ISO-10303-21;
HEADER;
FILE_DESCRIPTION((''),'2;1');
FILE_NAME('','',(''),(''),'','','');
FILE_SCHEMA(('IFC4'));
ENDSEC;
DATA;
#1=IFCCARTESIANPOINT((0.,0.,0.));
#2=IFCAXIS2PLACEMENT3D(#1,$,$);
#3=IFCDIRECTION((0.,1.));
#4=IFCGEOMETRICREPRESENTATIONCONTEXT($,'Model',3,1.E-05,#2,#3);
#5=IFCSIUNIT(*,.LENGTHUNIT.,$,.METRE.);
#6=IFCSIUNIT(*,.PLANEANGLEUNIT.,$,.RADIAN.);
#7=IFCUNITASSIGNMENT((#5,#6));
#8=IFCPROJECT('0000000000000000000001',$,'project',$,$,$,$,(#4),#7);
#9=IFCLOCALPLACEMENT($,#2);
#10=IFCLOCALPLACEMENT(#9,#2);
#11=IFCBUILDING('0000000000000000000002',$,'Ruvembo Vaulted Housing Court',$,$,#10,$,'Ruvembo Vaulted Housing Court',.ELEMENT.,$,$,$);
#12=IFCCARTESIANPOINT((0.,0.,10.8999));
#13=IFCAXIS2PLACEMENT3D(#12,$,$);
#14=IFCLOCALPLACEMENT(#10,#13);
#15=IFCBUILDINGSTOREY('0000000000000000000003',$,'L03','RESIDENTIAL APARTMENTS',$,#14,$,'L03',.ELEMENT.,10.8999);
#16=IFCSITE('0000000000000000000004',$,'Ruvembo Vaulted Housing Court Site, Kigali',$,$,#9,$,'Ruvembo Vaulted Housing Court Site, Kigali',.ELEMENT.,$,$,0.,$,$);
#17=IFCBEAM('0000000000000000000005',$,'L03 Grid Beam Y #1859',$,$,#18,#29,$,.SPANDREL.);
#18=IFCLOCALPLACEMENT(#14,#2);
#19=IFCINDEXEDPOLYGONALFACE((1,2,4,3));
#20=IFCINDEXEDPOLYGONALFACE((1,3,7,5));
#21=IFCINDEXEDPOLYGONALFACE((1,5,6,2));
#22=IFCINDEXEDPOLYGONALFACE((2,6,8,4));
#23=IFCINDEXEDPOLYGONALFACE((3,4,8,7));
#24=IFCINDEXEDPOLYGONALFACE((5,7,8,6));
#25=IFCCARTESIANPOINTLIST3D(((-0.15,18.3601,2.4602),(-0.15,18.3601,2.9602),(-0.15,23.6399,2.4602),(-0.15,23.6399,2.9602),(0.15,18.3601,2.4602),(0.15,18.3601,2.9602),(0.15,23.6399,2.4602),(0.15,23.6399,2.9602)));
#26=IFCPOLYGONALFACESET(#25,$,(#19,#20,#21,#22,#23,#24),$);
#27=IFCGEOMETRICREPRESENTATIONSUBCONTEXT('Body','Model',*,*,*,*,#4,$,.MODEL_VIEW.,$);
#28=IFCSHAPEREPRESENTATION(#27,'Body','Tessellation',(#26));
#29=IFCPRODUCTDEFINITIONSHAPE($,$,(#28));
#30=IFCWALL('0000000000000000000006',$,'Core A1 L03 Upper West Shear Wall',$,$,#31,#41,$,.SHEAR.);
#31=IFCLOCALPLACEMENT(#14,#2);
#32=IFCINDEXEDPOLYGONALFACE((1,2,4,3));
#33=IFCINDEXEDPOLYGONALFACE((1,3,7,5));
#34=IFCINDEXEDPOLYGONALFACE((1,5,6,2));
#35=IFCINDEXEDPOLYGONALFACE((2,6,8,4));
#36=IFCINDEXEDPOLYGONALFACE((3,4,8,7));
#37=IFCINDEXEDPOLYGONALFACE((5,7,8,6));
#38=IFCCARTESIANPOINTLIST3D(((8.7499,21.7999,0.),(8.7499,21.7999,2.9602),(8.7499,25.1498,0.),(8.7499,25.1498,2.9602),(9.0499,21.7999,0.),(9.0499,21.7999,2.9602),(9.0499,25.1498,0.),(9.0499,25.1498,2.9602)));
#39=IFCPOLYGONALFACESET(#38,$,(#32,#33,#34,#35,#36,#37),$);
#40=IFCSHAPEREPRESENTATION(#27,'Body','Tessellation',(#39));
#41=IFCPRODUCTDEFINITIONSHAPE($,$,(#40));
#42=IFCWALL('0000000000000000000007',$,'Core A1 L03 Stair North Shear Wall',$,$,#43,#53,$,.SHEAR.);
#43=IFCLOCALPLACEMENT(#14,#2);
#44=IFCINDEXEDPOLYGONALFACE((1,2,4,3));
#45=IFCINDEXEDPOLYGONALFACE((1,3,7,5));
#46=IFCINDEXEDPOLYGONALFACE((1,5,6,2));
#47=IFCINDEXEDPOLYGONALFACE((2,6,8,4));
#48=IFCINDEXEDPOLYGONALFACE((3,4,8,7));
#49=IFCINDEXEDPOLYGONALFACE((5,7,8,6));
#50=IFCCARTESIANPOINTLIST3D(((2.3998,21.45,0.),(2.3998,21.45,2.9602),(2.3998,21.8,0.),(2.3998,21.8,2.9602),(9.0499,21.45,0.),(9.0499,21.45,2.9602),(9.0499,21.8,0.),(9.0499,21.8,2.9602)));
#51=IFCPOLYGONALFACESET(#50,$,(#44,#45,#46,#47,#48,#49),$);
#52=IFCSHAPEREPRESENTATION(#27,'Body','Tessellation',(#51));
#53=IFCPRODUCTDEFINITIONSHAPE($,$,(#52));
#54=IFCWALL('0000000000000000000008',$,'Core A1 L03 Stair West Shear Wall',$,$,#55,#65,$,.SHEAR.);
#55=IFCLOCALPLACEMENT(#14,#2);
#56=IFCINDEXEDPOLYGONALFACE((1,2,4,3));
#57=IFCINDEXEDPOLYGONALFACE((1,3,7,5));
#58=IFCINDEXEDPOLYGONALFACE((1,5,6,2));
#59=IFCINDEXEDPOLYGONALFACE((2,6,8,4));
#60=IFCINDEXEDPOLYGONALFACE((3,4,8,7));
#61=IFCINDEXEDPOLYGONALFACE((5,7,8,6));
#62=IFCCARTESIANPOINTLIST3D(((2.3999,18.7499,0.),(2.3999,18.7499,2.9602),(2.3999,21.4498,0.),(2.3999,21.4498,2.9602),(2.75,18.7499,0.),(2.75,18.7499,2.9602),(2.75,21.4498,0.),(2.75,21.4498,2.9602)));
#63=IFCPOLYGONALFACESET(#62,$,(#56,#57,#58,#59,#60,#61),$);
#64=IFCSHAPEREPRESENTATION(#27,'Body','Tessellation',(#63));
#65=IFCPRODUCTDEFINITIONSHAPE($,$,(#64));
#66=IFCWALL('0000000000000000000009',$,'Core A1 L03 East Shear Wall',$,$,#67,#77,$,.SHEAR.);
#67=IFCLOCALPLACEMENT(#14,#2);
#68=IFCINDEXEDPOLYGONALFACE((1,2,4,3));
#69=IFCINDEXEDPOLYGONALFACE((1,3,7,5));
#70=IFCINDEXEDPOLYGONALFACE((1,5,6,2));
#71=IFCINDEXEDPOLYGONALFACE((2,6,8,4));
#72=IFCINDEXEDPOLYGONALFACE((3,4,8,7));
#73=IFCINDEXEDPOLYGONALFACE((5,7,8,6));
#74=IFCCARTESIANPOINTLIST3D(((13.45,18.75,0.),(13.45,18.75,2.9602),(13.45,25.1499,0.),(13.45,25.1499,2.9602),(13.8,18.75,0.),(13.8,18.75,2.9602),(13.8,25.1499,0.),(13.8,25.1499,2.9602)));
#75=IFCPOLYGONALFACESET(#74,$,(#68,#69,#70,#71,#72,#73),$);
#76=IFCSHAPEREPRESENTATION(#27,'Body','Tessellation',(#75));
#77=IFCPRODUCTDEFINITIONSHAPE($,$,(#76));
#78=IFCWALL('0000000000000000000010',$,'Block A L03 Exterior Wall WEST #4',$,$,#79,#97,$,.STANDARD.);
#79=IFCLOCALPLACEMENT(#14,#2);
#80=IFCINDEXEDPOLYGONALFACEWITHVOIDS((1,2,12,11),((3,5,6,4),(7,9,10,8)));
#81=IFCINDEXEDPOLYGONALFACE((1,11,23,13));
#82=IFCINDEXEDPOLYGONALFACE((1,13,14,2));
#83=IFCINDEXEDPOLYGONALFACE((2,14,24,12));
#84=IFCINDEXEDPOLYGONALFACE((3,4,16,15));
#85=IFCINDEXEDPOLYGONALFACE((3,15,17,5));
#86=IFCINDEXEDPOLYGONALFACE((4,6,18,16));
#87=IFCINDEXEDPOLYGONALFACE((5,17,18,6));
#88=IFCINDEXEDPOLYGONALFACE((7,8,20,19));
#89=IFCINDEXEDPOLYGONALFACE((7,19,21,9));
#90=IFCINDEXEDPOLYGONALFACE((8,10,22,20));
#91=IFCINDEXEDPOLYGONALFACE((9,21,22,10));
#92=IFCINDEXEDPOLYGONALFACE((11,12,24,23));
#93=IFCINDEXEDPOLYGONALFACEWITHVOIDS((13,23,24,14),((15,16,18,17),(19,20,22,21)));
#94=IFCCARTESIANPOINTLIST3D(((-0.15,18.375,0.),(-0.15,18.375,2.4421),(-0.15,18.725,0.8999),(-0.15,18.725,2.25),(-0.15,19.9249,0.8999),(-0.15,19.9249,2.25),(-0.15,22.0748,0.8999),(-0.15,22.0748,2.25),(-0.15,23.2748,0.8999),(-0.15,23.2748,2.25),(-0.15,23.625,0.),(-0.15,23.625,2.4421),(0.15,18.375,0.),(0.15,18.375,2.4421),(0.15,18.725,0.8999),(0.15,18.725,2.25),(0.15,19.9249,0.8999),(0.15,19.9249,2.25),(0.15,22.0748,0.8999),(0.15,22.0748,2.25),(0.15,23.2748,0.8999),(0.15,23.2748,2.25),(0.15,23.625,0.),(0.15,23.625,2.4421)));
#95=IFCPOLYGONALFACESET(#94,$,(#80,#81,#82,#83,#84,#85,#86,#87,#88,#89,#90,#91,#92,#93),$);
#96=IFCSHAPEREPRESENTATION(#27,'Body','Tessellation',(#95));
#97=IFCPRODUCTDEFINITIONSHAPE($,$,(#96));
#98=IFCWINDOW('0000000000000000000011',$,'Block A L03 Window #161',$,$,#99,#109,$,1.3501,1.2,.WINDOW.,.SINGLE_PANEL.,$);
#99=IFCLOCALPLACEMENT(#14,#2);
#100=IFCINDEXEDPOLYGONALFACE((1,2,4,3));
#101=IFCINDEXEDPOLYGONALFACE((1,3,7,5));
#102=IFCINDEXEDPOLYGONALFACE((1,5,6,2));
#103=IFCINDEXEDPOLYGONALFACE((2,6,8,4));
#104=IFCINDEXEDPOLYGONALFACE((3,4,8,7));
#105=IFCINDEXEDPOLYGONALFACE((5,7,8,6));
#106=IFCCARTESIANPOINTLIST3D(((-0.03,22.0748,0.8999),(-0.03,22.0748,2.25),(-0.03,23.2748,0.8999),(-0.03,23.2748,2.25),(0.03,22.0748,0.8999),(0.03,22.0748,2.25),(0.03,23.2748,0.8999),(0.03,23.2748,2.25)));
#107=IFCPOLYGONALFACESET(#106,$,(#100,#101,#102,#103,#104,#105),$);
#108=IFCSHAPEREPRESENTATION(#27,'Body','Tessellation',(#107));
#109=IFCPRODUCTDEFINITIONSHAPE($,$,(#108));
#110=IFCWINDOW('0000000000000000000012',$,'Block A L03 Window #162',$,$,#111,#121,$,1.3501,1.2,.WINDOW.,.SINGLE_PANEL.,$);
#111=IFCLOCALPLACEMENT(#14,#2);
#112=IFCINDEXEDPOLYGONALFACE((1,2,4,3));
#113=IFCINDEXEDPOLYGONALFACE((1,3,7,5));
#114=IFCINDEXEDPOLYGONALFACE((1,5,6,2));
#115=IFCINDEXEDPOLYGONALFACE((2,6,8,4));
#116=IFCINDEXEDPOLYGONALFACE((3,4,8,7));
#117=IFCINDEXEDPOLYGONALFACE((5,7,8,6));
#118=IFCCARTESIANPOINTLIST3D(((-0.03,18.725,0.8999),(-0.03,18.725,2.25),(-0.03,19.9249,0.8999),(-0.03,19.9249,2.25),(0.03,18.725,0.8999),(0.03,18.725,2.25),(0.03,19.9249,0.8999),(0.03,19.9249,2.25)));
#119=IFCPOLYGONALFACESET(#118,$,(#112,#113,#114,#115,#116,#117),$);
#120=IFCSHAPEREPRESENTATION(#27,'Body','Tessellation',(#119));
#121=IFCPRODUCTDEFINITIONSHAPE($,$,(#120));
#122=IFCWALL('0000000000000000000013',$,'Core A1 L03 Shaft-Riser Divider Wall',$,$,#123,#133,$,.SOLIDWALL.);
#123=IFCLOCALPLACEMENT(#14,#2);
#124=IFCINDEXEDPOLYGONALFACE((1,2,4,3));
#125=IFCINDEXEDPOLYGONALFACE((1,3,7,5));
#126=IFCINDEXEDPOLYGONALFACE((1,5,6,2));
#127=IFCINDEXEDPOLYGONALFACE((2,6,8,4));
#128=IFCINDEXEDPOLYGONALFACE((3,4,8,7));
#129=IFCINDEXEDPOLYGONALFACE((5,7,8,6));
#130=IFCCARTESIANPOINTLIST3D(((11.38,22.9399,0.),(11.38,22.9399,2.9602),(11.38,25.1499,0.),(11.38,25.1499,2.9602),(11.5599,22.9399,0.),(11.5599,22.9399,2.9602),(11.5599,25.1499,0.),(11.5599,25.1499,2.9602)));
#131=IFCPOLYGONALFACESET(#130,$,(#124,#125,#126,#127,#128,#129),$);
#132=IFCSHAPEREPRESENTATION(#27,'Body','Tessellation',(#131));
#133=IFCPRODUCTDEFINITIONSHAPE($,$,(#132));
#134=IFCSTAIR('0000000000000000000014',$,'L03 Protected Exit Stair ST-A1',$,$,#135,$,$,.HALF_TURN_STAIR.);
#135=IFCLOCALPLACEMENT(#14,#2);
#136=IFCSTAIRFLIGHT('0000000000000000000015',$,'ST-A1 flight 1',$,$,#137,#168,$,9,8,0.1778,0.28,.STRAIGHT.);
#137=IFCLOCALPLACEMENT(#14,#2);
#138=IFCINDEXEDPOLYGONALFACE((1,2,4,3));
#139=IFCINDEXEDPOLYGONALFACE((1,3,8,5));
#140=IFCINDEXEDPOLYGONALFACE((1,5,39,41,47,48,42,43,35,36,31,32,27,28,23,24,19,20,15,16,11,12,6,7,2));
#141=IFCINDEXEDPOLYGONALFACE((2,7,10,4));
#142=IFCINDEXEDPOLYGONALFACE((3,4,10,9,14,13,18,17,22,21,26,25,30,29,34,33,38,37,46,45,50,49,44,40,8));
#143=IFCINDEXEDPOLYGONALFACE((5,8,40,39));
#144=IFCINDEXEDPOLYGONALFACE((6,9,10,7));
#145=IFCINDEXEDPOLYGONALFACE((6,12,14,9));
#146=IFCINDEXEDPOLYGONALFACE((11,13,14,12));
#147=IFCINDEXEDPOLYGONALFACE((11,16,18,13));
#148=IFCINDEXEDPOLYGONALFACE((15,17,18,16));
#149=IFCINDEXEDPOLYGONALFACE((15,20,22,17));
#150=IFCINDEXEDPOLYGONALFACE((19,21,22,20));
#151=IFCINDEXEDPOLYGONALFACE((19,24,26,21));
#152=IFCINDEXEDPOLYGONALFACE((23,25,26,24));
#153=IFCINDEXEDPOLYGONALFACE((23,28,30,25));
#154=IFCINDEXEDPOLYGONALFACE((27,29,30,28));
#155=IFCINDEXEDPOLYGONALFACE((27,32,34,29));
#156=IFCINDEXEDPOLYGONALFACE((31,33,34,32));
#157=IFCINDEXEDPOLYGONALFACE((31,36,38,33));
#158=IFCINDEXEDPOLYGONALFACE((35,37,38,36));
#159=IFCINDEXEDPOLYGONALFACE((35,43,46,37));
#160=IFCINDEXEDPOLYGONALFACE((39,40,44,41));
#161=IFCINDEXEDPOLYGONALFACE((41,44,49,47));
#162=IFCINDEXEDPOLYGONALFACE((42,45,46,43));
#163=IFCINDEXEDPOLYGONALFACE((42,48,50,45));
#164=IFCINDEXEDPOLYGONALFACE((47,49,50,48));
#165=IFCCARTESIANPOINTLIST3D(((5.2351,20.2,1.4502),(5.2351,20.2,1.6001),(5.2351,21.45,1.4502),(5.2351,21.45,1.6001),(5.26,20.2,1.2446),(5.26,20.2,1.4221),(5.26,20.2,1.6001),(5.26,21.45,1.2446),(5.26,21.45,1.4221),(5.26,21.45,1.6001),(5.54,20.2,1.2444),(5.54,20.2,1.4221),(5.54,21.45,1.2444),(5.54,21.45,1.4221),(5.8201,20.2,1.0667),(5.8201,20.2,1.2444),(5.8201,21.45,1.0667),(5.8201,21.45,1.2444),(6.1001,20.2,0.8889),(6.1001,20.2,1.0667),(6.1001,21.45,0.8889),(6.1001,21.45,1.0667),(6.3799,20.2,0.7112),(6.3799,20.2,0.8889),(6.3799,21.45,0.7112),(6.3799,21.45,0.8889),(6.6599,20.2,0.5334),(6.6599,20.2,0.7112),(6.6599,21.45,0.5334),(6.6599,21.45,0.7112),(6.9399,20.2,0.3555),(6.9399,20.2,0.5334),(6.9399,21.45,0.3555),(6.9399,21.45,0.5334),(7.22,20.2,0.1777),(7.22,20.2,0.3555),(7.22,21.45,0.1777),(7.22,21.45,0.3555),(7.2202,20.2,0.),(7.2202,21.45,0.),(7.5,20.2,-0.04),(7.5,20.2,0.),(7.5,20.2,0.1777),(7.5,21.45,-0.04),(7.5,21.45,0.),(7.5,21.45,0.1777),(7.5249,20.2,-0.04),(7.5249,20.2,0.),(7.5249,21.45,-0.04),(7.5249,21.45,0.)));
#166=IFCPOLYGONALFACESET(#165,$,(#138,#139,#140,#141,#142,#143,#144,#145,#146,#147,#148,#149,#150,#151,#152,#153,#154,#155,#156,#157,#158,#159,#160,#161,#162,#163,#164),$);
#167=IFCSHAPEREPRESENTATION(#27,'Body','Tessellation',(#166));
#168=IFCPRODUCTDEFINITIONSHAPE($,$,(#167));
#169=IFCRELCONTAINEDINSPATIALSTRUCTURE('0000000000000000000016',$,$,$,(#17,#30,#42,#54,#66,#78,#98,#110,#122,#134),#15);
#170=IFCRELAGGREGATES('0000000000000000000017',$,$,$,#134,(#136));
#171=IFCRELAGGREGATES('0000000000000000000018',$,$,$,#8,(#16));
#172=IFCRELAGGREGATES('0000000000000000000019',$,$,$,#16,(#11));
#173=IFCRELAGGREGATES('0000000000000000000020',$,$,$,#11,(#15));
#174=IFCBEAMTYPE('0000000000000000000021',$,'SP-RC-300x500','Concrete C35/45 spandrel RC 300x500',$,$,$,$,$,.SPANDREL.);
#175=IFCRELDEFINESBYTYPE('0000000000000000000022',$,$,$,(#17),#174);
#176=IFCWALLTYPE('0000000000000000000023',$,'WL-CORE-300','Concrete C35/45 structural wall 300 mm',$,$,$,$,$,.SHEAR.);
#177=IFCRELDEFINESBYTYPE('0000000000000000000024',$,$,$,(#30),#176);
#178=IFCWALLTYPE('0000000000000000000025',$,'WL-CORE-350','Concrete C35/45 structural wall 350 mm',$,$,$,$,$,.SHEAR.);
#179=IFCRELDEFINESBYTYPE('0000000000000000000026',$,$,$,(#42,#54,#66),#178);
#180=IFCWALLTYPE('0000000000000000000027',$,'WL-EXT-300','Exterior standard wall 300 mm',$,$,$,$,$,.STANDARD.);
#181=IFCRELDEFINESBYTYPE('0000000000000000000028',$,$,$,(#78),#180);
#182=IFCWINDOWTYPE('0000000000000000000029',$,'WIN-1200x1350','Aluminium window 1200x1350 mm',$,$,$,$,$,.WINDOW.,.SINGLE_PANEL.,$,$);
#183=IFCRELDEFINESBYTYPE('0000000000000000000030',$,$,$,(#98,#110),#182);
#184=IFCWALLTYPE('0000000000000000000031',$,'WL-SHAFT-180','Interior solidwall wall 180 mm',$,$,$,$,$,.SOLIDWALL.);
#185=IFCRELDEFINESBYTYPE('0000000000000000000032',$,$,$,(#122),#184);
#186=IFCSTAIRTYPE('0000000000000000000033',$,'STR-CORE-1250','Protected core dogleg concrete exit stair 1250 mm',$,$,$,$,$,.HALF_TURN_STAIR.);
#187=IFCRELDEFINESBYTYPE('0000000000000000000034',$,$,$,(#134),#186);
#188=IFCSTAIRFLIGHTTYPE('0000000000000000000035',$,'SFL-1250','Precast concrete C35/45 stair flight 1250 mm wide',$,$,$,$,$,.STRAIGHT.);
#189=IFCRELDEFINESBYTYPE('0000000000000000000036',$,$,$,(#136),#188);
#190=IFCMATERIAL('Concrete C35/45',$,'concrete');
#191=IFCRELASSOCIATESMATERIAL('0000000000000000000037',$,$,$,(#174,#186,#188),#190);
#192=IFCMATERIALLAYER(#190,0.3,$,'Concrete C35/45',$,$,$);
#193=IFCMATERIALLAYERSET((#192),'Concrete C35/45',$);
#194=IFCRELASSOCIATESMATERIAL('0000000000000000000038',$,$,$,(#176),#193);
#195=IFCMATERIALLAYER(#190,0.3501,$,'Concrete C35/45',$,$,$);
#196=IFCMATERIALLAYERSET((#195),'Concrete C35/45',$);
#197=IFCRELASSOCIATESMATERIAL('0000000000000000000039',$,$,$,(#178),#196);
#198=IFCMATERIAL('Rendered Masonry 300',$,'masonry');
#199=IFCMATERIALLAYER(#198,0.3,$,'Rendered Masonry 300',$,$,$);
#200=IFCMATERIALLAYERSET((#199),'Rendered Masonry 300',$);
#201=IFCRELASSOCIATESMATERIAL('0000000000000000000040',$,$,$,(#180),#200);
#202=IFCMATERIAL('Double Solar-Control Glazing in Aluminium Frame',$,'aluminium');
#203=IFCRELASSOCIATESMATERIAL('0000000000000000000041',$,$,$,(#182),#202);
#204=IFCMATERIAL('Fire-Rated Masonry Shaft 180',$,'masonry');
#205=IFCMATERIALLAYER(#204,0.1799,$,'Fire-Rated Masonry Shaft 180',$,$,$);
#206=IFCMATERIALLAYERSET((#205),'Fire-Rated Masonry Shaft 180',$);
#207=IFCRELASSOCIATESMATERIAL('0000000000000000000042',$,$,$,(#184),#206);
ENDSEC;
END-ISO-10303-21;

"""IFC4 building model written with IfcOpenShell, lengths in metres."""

from ifc_helpers import new_model, si_unit, direction, frame, frame_2d, origin, origin_2d, place, context, subcontext, project, spatial, polyline, rectangle, outline, extrude, material, layer, layer_set, material_profile, profile_set, type_object, element, fill, aggregate, save


model = new_model("IFC4")

# Units and contexts
model_context = context("Model", 3, precision=1e-05, world=origin(), true_north=direction((0.0, 1.0)))
body_context = subcontext(model_context, "Body", "Model", "MODEL_VIEW")
ifc_project = project(units=[si_unit("LENGTHUNIT", "METRE"), si_unit("PLANEANGLEUNIT", "RADIAN")], contexts=[model_context])

# Site, building, storey
site_placement = place(None, origin())
site = spatial("IfcSite", under=ifc_project, at=site_placement, Name="Ruvembo Vaulted Housing Court Site, Kigali", LongName="Ruvembo Vaulted Housing Court Site, Kigali", CompositionType="ELEMENT", RefElevation=0.0)
building_placement = place(site_placement, origin())
building = spatial("IfcBuilding", under=site, at=building_placement, Name="Ruvembo Vaulted Housing Court", LongName="Ruvembo Vaulted Housing Court", CompositionType="ELEMENT")
storey_placement = place(building_placement, frame((0.0, 0.0, 10.8999)))
storey = spatial("IfcBuildingStorey", under=building, at=storey_placement, Name="L03", Description="RESIDENTIAL APARTMENTS", LongName="L03", CompositionType="ELEMENT", Elevation=10.8999)

# Beam
ifc_material_1 = material(Name="Concrete C35/45", Category="concrete")
ifc_material_profile = material_profile(ifc_material_1, rectangle(XDim=0.3, YDim=0.5, at=origin_2d()), Name="RC 300x500")
ifc_profile_set = profile_set([ifc_material_profile], Name="Concrete C35/45")
beam_type = type_object("IfcBeamType", Name="SP-RC-300x500", Description="Concrete C35/45 spandrel RC 300x500", PredefinedType="SPANDREL", material=ifc_profile_set)
beam_placement = place(storey_placement, frame((0.0, 18.3601, 2.7102), z_axis=(0.0, 1.0, 0.0), x_axis=(-1.0, 0.0, 0.0)))
element("IfcBeam", 1, at=beam_placement, inside=storey, type_object=beam_type, Name="L03 Grid Beam Y #1859", PredefinedType="SPANDREL", context=body_context, shape_type="SweptSolid", body=[
    extrude(rectangle(XDim=0.3, YDim=0.5, at=origin_2d()), origin(), (0.0, 0.0, 1.0), 5.2798),
])

# Shared definitions
ifc_layer_1 = layer(ifc_material_1, 0.3, Name="Concrete C35/45")
ifc_layer_set_1 = layer_set([ifc_layer_1], Name="Concrete C35/45")
wall_type_1 = type_object("IfcWallType", Name="WL-CORE-300", Description="Concrete C35/45 structural wall 300 mm", PredefinedType="SHEAR", material=ifc_layer_set_1)

# Wall
wall_1_placement = place(storey_placement, frame((8.8999, 21.8, 0.0), z_axis=(0.0, 0.0, 1.0), x_axis=(0.0, 1.0, 0.0)))
element("IfcWall", 2, at=wall_1_placement, inside=storey, type_object=wall_type_1, Name="Core A1 L03 Upper West Shear Wall", PredefinedType="SHEAR", context=body_context, shape_type="SweptSolid", body=[
    extrude(rectangle(XDim=3.3499, YDim=0.3, at=frame_2d((1.6748, 0.0))), origin(), (0.0, 0.0, 1.0), 2.9602),
])

# Shared definitions
ifc_layer_2 = layer(ifc_material_1, 0.3501, Name="Concrete C35/45")
ifc_layer_set_2 = layer_set([ifc_layer_2], Name="Concrete C35/45")
wall_type_2 = type_object("IfcWallType", Name="WL-CORE-350", Description="Concrete C35/45 structural wall 350 mm", PredefinedType="SHEAR", material=ifc_layer_set_2)

# Walls
wall_2_placement = place(storey_placement, frame((9.05, 21.625, 0.0), z_axis=(0.0, 0.0, 1.0), x_axis=(-1.0, 0.0, 0.0)))
element("IfcWall", 3, at=wall_2_placement, inside=storey, type_object=wall_type_2, Name="Core A1 L03 Stair North Shear Wall", PredefinedType="SHEAR", context=body_context, shape_type="SweptSolid", body=[
    extrude(rectangle(XDim=6.6501, YDim=0.3501, at=frame_2d((3.3252, 0.0))), origin(), (0.0, 0.0, 1.0), 2.9602),
])
wall_3_placement = place(storey_placement, frame((2.575, 21.45, 0.0), z_axis=(0.0, 0.0, 1.0), x_axis=(0.0, -1.0, 0.0)))
element("IfcWall", 4, at=wall_3_placement, inside=storey, type_object=wall_type_2, Name="Core A1 L03 Stair West Shear Wall", PredefinedType="SHEAR", context=body_context, shape_type="SweptSolid", body=[
    extrude(rectangle(XDim=2.7, YDim=0.3501, at=frame_2d((1.3501, 0.0))), origin(), (0.0, 0.0, 1.0), 2.9602),
])
wall_4_placement = place(storey_placement, frame((13.625, 18.75, 0.0), z_axis=(0.0, 0.0, 1.0), x_axis=(0.0, 1.0, 0.0)))
element("IfcWall", 5, at=wall_4_placement, inside=storey, type_object=wall_type_2, Name="Core A1 L03 East Shear Wall", PredefinedType="SHEAR", context=body_context, shape_type="SweptSolid", body=[
    extrude(rectangle(XDim=6.3999, YDim=0.3501, at=frame_2d((3.2, 0.0))), origin(), (0.0, 0.0, 1.0), 2.9602),
])

# Wall, openings, windows
ifc_material_2 = material(Name="Rendered Masonry 300", Category="masonry")
ifc_layer_3 = layer(ifc_material_2, 0.3, Name="Rendered Masonry 300")
ifc_layer_set_3 = layer_set([ifc_layer_3], Name="Rendered Masonry 300")
wall_type_3 = type_object("IfcWallType", Name="WL-EXT-300", Description="Exterior standard wall 300 mm", PredefinedType="STANDARD", material=ifc_layer_set_3)
wall_5_placement = place(storey_placement, frame((0.0, 23.625, 0.0), z_axis=(0.0, 0.0, 1.0), x_axis=(0.0, -1.0, 0.0)))
wall_5 = element("IfcWall", 6, at=wall_5_placement, inside=storey, type_object=wall_type_3, Name="Block A L03 Exterior Wall WEST #4", PredefinedType="STANDARD", context=body_context, shape_type="SweptSolid", body=[
    extrude(rectangle(XDim=5.25, YDim=0.3, at=frame_2d((2.625, 0.0))), origin(), (0.0, 0.0, 1.0), 2.4421),
])
opening_1_placement = place(wall_5_placement, frame((0.3501, 0.0, 0.8999)))
opening_1 = element("IfcOpeningElement", 7, at=opening_1_placement, cuts=wall_5, PredefinedType="OPENING", context=body_context, shape_type="SweptSolid", body=[
    extrude(rectangle(XDim=1.2, YDim=1.3501, at=frame_2d((0.6001, 0.675))), frame((0.0, 0.1599, 0.0), z_axis=(0.0, -1.0, 0.0), x_axis=(1.0, 0.0, 0.0)), (0.0, 0.0, 1.0), 0.3201),
])
opening_2_placement = place(wall_5_placement, frame((3.7, 0.0, 0.8999)))
opening_2 = element("IfcOpeningElement", 8, at=opening_2_placement, cuts=wall_5, PredefinedType="OPENING", context=body_context, shape_type="SweptSolid", body=[
    extrude(rectangle(XDim=1.2, YDim=1.3501, at=frame_2d((0.6001, 0.675))), frame((0.0, 0.1599, 0.0), z_axis=(0.0, -1.0, 0.0), x_axis=(1.0, 0.0, 0.0)), (0.0, 0.0, 1.0), 0.3201),
])
ifc_material_3 = material(Name="Double Solar-Control Glazing in Aluminium Frame", Category="aluminium")
window_type = type_object("IfcWindowType", Name="WIN-1200x1350", Description="Aluminium window 1200x1350 mm", PartitioningType="SINGLE_PANEL", PredefinedType="WINDOW", material=ifc_material_3)
window_1_placement = place(opening_1_placement, origin())
window_1 = element("IfcWindow", 9, at=window_1_placement, inside=storey, type_object=window_type, Name="Block A L03 Window #161", OverallHeight=1.3501, OverallWidth=1.2, PartitioningType="SINGLE_PANEL", PredefinedType="WINDOW", context=body_context, shape_type="SweptSolid", body=[
    extrude(rectangle(XDim=1.2, YDim=1.3501, at=frame_2d((0.6001, 0.675))), frame((0.0, 0.03, 0.0), z_axis=(0.0, -1.0, 0.0), x_axis=(1.0, 0.0, 0.0)), (0.0, 0.0, 1.0), 0.0601),
])
fill(opening_1, window_1)
window_2_placement = place(opening_2_placement, origin())
window_2 = element("IfcWindow", 10, at=window_2_placement, inside=storey, type_object=window_type, Name="Block A L03 Window #162", OverallHeight=1.3501, OverallWidth=1.2, PartitioningType="SINGLE_PANEL", PredefinedType="WINDOW", context=body_context, shape_type="SweptSolid", body=[
    extrude(rectangle(XDim=1.2, YDim=1.3501, at=frame_2d((0.6001, 0.675))), frame((0.0, 0.03, 0.0), z_axis=(0.0, -1.0, 0.0), x_axis=(1.0, 0.0, 0.0)), (0.0, 0.0, 1.0), 0.0601),
])
fill(opening_2, window_2)

# Shared definitions
ifc_material_4 = material(Name="Fire-Rated Masonry Shaft 180", Category="masonry")
ifc_layer_4 = layer(ifc_material_4, 0.1799, Name="Fire-Rated Masonry Shaft 180")
ifc_layer_set_4 = layer_set([ifc_layer_4], Name="Fire-Rated Masonry Shaft 180")
wall_type_4 = type_object("IfcWallType", Name="WL-SHAFT-180", Description="Interior solidwall wall 180 mm", PredefinedType="SOLIDWALL", material=ifc_layer_set_4)

# Wall
wall_6_placement = place(storey_placement, frame((11.47, 22.9399, 0.0), z_axis=(0.0, 0.0, 1.0), x_axis=(0.0, 1.0, 0.0)))
element("IfcWall", 11, at=wall_6_placement, inside=storey, type_object=wall_type_4, Name="Core A1 L03 Shaft-Riser Divider Wall", PredefinedType="SOLIDWALL", context=body_context, shape_type="SweptSolid", body=[
    extrude(rectangle(XDim=2.21, YDim=0.1799, at=frame_2d((1.105, 0.0))), origin(), (0.0, 0.0, 1.0), 2.9602),
])

# Stair, stair flight
stair_type = type_object("IfcStairType", Name="STR-CORE-1250", Description="Protected core dogleg concrete exit stair 1250 mm", PredefinedType="HALF_TURN_STAIR", material=ifc_material_1)
stair_placement = place(storey_placement, origin())
stair = element("IfcStair", 12, at=stair_placement, inside=storey, type_object=stair_type, Name="L03 Protected Exit Stair ST-A1", PredefinedType="HALF_TURN_STAIR")
stair_flight_type = type_object("IfcStairFlightType", Name="SFL-1250", Description="Precast concrete C35/45 stair flight 1250 mm wide", PredefinedType="STRAIGHT", material=ifc_material_1)
stair_flight_1_placement = place(storey_placement, frame((7.5, 20.825, 0.0), z_axis=(0.0, 0.0, 1.0), x_axis=(-1.0, 0.0, 0.0)))
stair_flight_1 = element("IfcStairFlight", 13, at=stair_flight_1_placement, type_object=stair_flight_type, Name="ST-A1 flight 1", NumberOfRisers=9, NumberOfTreads=8, PredefinedType="STRAIGHT", RiserHeight=0.1778, TreadLength=0.28, context=body_context, shape_type="SweptSolid", body=[
    extrude(outline(polyline([(-0.0249, -0.04), (-0.0249, 0.0), (0.0, 0.0), (0.0, 0.1777), (0.28, 0.1777), (0.28, 0.3555), (0.5601, 0.3555), (0.5601, 0.5334), (0.8401, 0.5334), (0.8401, 0.7112), (1.1201, 0.7112), (1.1201, 0.8889), (1.3999, 0.8889), (1.3999, 1.0667), (1.6799, 1.0667), (1.6799, 1.2444), (1.96, 1.2444), (1.96, 1.4221), (2.24, 1.4221), (2.24, 1.6001), (2.2649, 1.6001), (2.2649, 1.4502), (2.24, 1.2446), (0.2798, 0.0), (0.0, -0.04), (-0.0249, -0.04)])), frame((0.0, 0.625, 0.0), z_axis=(0.0, -1.0, 0.0), x_axis=(1.0, 0.0, 0.0)), (0.0, 0.0, 1.0), 1.25),
])
aggregate(stair, [stair_flight_1])

save(model, "model.ifc")
